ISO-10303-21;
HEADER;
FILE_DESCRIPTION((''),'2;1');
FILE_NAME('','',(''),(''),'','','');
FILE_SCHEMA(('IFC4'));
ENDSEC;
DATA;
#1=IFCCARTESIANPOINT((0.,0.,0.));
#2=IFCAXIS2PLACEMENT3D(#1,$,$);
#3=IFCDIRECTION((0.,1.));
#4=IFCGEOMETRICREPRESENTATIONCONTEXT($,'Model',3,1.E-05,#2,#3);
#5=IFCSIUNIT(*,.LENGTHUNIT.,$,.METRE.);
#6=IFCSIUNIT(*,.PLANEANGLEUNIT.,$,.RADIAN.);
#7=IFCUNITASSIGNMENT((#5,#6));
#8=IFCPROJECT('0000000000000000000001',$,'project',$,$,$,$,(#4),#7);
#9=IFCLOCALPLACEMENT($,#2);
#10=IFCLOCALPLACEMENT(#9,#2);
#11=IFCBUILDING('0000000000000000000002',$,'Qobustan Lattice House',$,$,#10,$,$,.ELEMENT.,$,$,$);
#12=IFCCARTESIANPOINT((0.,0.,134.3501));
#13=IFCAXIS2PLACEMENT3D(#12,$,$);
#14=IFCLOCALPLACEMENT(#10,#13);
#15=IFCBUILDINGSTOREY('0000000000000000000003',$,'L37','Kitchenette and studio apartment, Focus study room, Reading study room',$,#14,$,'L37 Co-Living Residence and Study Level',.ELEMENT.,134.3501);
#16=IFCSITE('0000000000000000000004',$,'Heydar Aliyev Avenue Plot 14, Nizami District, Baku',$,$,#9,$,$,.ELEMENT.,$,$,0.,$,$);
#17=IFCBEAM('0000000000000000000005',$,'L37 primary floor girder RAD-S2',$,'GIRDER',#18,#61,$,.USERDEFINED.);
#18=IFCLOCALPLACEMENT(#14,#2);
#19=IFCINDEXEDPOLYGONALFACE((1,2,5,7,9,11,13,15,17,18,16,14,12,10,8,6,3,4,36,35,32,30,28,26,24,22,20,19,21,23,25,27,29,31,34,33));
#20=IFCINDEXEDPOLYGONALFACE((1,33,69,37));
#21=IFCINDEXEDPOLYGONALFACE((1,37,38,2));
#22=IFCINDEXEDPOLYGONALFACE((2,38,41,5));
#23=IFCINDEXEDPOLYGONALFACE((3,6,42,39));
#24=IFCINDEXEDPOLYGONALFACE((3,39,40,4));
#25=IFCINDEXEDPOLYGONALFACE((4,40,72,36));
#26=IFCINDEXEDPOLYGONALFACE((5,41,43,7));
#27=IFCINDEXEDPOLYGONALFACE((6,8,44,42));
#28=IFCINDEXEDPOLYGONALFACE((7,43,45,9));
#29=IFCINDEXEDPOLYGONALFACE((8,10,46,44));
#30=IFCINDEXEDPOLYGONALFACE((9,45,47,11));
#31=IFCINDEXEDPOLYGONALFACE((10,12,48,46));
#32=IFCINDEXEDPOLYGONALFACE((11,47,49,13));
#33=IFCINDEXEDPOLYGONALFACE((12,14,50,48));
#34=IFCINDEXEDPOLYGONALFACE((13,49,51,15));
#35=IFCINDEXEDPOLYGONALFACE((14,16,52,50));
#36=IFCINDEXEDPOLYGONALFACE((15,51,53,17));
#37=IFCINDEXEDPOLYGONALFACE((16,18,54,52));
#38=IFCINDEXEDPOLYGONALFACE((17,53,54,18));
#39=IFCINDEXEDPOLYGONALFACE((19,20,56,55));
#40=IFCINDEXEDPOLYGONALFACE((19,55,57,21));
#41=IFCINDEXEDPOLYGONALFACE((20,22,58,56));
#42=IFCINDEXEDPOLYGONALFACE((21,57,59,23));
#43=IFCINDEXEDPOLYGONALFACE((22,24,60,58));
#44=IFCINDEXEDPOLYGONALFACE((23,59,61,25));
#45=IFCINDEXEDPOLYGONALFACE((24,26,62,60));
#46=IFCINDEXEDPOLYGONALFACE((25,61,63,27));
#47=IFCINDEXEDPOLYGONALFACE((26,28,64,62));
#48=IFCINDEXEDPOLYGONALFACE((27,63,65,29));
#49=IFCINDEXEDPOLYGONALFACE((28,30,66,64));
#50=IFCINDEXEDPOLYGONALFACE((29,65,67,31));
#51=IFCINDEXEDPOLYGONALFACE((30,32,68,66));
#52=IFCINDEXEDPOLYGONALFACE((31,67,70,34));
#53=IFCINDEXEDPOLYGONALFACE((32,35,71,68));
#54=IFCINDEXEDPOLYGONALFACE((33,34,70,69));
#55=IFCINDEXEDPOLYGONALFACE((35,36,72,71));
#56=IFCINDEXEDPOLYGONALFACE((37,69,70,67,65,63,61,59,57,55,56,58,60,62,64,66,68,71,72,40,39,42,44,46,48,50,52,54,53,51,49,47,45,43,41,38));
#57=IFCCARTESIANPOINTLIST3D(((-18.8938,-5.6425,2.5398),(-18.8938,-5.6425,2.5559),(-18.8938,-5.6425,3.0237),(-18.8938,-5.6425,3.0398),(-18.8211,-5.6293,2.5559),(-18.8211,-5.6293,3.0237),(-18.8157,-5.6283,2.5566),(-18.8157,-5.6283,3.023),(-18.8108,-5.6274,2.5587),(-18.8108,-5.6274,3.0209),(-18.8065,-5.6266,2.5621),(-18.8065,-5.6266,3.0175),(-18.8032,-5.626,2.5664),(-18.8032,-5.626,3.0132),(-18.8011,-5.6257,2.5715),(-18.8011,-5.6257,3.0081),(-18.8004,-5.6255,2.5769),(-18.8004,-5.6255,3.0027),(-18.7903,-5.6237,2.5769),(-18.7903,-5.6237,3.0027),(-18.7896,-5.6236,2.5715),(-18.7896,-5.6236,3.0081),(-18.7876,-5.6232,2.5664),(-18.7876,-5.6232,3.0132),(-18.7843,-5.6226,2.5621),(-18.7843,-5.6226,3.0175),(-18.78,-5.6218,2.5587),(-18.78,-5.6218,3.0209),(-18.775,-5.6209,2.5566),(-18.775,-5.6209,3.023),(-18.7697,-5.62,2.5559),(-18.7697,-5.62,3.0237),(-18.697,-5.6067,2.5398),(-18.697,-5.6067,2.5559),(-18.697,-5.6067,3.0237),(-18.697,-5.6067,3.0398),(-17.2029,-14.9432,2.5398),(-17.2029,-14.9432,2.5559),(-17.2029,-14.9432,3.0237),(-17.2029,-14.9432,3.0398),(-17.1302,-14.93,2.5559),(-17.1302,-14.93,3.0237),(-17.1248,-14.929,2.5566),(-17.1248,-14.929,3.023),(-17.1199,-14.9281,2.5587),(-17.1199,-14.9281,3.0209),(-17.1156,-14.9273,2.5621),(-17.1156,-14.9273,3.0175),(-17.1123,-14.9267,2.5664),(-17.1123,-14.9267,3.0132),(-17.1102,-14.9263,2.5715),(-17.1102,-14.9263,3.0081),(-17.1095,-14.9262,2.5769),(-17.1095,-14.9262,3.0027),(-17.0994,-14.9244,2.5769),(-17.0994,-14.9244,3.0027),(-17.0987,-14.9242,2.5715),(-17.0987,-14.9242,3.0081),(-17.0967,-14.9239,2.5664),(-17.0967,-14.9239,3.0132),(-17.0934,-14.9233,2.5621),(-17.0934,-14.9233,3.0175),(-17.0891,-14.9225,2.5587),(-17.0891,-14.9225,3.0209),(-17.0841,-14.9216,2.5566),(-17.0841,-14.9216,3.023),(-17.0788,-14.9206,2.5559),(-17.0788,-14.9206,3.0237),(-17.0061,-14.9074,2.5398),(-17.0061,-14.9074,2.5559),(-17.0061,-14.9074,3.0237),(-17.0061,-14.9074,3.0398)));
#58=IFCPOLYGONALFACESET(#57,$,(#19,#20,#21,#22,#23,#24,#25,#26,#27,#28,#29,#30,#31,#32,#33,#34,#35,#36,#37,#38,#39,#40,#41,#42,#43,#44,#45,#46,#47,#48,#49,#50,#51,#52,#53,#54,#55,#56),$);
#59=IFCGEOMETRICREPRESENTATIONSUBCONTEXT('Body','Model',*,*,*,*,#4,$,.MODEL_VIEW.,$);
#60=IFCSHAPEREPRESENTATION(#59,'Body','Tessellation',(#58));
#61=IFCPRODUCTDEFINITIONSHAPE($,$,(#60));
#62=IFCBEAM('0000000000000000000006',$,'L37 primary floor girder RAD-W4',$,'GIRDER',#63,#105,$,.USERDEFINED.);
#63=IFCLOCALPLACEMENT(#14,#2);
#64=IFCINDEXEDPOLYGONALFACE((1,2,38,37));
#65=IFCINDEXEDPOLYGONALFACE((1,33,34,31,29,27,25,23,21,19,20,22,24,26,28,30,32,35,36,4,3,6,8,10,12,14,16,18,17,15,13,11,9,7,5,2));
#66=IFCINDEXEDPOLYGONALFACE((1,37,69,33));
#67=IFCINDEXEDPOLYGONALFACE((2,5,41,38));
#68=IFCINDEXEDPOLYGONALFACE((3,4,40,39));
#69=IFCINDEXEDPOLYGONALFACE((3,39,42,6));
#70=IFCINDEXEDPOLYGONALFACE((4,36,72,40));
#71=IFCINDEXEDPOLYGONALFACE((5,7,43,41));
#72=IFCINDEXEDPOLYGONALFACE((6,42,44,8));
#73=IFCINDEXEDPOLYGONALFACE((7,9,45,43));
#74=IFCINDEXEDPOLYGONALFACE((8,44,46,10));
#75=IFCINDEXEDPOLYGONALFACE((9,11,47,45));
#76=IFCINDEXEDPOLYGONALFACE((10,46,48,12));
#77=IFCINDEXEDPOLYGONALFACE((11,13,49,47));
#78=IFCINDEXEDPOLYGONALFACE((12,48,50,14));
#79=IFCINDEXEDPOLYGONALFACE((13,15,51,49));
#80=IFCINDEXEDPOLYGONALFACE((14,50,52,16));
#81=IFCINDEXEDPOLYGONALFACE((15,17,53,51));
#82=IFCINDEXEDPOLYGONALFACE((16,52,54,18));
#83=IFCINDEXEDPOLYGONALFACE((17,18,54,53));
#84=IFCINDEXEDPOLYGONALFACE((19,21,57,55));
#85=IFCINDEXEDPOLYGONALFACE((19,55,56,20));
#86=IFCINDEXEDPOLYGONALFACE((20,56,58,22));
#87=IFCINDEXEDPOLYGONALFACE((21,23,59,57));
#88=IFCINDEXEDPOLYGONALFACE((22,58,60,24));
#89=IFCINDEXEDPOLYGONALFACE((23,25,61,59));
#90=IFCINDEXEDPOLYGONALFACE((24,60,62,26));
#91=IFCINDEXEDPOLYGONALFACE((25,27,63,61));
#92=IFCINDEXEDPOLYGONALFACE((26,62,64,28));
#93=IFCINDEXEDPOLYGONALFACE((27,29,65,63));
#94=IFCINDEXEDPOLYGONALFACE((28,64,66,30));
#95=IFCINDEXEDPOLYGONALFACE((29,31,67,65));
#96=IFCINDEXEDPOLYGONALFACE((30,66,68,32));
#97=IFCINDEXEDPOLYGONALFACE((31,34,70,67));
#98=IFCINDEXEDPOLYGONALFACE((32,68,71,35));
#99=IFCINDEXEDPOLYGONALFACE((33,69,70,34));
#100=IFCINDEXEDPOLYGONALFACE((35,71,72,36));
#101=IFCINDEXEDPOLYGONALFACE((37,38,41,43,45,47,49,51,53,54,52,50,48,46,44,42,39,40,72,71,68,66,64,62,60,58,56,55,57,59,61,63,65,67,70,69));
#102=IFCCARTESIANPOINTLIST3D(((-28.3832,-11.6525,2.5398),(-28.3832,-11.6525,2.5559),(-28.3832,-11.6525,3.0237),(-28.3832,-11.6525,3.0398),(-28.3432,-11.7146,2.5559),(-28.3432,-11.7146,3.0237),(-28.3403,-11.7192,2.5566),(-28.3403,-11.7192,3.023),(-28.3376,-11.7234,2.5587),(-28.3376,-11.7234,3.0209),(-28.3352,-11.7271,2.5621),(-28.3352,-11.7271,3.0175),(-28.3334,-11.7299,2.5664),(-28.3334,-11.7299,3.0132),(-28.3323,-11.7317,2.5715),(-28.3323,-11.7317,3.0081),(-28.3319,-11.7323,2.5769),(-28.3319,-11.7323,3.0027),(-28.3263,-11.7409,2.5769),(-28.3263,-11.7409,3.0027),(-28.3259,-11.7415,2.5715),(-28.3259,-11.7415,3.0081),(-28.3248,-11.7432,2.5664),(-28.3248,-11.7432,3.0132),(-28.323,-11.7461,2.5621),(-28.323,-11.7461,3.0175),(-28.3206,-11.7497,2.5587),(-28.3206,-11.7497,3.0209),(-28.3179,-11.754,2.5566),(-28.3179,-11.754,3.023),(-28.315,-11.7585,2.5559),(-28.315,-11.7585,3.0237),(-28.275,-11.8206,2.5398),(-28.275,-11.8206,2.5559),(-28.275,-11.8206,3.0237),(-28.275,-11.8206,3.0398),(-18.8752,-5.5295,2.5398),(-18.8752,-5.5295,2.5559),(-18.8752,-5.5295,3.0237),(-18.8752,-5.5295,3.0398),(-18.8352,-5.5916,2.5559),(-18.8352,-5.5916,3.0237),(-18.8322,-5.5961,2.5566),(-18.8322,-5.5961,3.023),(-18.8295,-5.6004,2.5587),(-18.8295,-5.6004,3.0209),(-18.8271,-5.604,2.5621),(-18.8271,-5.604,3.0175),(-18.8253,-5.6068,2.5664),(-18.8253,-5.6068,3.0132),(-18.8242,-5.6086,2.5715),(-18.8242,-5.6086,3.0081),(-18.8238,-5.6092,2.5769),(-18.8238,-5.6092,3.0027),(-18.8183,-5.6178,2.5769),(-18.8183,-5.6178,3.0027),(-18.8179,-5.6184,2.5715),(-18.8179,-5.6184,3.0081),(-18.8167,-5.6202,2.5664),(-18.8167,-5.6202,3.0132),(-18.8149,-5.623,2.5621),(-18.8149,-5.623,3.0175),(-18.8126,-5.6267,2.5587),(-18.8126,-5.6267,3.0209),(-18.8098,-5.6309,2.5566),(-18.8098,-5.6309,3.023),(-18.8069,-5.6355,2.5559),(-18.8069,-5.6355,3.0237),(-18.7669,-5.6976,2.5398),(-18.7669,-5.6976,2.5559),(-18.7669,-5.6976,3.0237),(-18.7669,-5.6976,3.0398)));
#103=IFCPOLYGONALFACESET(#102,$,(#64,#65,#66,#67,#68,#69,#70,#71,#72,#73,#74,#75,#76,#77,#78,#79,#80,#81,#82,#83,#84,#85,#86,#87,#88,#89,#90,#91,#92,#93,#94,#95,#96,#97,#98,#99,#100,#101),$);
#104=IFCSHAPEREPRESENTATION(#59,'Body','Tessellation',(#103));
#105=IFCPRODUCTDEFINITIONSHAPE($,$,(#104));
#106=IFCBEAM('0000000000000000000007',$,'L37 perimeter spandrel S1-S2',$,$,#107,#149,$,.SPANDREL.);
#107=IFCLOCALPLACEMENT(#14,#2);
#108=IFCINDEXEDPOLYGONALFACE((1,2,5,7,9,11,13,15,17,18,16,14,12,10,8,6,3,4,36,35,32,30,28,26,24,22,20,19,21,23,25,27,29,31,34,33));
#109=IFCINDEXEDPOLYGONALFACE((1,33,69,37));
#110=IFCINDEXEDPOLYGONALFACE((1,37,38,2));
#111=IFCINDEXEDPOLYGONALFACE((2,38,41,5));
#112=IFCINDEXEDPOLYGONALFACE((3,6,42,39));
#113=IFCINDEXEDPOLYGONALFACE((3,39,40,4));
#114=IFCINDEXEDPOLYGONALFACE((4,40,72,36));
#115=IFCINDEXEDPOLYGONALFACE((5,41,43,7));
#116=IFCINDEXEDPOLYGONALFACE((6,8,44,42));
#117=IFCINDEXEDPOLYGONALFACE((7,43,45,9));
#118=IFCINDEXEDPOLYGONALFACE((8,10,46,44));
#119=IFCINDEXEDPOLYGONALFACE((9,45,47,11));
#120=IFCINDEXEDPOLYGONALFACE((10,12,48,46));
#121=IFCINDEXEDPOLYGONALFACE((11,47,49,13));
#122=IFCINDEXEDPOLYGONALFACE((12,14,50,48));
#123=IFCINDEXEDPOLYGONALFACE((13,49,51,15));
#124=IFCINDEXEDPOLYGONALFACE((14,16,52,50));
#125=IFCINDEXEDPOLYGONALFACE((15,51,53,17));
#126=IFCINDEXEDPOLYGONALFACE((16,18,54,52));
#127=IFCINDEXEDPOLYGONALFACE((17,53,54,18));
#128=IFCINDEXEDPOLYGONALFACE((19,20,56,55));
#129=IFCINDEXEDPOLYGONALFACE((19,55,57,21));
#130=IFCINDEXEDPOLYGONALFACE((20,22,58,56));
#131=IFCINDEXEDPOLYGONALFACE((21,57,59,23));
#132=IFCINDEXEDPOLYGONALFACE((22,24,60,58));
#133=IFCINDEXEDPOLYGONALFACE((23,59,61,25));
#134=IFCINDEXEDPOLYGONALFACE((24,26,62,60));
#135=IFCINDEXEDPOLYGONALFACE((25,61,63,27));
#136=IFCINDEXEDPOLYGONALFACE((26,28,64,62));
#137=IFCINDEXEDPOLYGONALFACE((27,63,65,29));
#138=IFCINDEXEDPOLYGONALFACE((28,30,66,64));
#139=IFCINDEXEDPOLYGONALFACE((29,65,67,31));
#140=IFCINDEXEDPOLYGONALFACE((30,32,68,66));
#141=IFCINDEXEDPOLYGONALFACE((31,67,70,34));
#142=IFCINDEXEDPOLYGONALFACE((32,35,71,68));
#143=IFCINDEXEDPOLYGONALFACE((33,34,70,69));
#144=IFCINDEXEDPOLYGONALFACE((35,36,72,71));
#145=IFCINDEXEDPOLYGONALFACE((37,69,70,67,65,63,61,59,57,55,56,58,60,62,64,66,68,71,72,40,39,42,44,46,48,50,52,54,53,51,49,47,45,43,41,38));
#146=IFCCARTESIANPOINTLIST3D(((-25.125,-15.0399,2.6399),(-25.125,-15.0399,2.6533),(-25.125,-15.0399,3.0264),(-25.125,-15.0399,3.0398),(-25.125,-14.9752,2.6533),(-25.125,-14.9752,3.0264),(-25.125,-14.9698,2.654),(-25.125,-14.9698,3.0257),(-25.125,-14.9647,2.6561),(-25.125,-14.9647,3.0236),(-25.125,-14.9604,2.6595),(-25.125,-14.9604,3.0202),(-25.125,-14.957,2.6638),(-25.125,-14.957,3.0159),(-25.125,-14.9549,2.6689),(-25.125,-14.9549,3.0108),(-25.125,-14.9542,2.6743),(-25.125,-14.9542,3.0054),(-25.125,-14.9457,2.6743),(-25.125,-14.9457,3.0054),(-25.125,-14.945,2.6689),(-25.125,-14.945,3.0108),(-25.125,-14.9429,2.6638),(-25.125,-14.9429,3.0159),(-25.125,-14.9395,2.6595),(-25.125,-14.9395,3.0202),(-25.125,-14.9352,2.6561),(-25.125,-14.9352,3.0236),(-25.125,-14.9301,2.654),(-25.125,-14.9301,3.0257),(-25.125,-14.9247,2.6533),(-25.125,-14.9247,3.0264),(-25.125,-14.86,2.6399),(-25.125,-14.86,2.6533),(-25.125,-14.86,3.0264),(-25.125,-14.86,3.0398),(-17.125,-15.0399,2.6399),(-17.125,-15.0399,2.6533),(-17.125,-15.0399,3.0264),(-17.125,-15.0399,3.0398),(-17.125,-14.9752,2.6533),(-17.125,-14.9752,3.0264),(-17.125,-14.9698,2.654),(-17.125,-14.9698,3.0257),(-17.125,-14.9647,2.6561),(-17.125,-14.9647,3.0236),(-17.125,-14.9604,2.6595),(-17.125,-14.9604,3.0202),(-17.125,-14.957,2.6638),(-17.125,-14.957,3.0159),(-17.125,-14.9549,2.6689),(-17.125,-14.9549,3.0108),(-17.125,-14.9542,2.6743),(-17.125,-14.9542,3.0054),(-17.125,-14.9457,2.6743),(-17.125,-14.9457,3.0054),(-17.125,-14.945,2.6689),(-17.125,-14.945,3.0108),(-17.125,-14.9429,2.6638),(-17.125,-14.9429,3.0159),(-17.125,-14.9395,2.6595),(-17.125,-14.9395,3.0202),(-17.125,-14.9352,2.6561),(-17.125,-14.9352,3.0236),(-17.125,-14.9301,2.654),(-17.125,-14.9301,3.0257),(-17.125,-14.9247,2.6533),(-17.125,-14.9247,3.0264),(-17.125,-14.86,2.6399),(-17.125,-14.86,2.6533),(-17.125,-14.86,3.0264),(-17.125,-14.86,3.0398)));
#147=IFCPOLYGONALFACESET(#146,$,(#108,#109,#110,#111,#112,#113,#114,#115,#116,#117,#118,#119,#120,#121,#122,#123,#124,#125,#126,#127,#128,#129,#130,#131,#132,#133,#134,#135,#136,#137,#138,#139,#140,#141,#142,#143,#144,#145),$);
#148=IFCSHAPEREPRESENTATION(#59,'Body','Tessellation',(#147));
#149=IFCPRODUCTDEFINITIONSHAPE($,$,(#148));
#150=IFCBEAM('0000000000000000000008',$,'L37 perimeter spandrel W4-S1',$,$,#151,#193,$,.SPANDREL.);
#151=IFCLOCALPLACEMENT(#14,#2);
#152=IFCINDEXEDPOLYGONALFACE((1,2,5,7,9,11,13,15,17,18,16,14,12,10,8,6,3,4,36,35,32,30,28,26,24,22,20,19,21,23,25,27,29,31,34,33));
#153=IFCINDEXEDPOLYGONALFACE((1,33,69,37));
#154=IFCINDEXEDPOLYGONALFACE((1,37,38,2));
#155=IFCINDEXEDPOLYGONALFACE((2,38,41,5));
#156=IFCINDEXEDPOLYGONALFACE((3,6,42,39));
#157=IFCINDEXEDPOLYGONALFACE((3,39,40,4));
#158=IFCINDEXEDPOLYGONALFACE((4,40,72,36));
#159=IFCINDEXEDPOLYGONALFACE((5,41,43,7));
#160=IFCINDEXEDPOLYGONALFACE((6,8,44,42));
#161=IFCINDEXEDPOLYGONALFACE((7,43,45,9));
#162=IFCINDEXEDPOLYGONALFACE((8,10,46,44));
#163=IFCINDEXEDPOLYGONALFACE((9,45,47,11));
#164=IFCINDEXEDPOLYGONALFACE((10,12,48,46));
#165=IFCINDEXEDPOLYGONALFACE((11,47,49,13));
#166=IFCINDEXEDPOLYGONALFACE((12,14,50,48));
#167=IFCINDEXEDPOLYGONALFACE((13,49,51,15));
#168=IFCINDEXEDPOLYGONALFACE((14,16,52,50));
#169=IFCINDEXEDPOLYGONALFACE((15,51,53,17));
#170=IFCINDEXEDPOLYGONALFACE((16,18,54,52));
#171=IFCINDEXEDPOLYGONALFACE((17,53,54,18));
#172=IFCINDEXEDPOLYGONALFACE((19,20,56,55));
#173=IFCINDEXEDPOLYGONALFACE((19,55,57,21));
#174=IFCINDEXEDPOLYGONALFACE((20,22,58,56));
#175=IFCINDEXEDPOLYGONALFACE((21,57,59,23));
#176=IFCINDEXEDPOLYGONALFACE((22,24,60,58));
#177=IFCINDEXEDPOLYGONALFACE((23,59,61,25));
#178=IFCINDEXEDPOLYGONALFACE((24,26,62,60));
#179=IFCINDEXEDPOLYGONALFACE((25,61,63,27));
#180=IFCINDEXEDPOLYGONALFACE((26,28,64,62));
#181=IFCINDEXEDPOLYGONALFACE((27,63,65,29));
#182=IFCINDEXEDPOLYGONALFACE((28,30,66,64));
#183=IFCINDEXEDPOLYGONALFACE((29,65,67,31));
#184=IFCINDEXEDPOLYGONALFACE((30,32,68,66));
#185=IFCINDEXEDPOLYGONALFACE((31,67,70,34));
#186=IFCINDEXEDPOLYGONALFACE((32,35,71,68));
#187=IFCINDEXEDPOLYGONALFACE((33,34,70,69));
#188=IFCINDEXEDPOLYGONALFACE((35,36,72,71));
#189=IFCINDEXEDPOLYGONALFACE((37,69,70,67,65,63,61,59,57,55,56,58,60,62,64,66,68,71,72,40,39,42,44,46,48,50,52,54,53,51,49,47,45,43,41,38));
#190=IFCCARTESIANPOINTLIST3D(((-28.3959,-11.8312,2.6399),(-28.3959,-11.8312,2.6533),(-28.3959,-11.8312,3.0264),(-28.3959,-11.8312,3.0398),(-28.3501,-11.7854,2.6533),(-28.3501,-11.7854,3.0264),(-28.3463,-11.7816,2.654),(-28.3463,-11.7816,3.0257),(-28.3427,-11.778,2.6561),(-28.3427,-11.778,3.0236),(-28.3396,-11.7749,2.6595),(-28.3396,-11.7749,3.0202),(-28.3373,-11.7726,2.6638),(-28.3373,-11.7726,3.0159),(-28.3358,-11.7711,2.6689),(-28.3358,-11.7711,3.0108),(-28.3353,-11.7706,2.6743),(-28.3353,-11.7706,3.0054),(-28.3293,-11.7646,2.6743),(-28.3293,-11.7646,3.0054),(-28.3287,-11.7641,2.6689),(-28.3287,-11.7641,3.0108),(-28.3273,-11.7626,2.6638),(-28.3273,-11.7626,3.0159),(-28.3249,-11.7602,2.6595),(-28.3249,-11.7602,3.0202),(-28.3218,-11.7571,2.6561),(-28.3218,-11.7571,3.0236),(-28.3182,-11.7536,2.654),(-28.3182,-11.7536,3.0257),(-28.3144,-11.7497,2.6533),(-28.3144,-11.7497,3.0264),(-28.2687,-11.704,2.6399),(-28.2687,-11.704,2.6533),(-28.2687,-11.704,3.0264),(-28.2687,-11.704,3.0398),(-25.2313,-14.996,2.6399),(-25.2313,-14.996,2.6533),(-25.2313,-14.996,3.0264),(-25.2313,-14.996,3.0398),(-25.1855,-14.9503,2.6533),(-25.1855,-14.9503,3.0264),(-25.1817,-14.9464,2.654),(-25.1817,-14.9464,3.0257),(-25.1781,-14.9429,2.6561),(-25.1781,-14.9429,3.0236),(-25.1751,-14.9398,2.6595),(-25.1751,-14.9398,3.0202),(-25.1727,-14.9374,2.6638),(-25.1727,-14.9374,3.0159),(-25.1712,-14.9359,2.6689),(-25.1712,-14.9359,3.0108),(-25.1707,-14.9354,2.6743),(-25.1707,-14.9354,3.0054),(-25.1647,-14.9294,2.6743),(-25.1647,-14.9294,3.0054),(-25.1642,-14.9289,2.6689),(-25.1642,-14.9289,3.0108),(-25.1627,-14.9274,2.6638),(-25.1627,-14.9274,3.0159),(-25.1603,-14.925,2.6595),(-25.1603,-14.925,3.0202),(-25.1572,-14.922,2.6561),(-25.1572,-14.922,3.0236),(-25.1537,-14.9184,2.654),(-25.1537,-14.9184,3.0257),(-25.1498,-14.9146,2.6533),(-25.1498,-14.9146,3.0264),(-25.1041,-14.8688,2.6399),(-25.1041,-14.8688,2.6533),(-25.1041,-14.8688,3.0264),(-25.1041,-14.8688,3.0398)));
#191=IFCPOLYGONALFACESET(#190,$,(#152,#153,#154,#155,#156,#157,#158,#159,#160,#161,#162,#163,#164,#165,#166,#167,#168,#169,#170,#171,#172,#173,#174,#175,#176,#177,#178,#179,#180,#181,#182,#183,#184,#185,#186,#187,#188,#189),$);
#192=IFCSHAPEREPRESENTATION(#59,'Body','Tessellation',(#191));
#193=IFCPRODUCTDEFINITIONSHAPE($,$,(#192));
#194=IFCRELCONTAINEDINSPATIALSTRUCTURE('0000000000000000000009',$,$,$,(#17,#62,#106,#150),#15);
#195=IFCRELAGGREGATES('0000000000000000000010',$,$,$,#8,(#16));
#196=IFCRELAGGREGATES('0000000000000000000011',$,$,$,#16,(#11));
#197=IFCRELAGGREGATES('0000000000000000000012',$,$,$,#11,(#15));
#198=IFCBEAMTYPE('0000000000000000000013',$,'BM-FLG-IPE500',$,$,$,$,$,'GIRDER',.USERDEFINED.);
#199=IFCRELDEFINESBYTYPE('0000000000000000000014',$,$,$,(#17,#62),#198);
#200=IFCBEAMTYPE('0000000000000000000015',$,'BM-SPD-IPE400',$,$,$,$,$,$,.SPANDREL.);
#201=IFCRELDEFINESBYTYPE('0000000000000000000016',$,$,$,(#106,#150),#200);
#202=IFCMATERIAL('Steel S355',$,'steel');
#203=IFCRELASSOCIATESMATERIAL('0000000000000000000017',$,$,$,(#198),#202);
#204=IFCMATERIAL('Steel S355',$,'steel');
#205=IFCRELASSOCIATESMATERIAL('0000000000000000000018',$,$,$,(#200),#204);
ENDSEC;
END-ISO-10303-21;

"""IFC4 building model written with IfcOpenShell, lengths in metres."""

from ifc_helpers import new_model, si_unit, direction, frame, origin, origin_2d, place, context, subcontext, project, spatial, i_section, extrude, material, material_profile, profile_set, type_object, element, save


model = new_model("IFC4")

# Units and contexts
model_context = context("Model", 3, precision=1e-05, world=origin(), true_north=direction((0.0, 1.0)))
body_context = subcontext(model_context, "Body", "Model", "MODEL_VIEW")
ifc_project = project(units=[si_unit("LENGTHUNIT", "METRE"), si_unit("PLANEANGLEUNIT", "RADIAN")], contexts=[model_context])

# Site, building, storey
site_placement = place(None, origin())
site = spatial("IfcSite", under=ifc_project, at=site_placement, Name="Heydar Aliyev Avenue Plot 14, Nizami District, Baku", CompositionType="ELEMENT", RefElevation=0.0)
building_placement = place(site_placement, origin())
building = spatial("IfcBuilding", under=site, at=building_placement, Name="Qobustan Lattice House", CompositionType="ELEMENT")
storey_placement = place(building_placement, frame((0.0, 0.0, 134.3501)))
storey = spatial("IfcBuildingStorey", under=building, at=storey_placement, Name="L37", Description="Kitchenette and studio apartment, Focus study room, Reading study room", LongName="L37 Co-Living Residence and Study Level", CompositionType="ELEMENT", Elevation=134.3501)

# Beams
ifc_material_1 = material(Name="Steel S355", Category="steel")
ifc_material_profile_1 = material_profile(ifc_material_1, i_section(OverallWidth=0.2, OverallDepth=0.5, WebThickness=0.0103, FlangeThickness=0.0161, FilletRadius=0.021, at=origin_2d()), Name="IPE500")
ifc_profile_set_1 = profile_set([ifc_material_profile_1], Name="Steel S355")
beam_type_1 = type_object("IfcBeamType", Name="BM-FLG-IPE500", ElementType="GIRDER", PredefinedType="USERDEFINED", material=ifc_profile_set_1)
beam_1_placement = place(storey_placement, frame((-17.1045, -14.9253, 2.7898), z_axis=(-0.178872, 0.983872, 0.0), x_axis=(-0.983872, -0.178872, 0.0)))
element("IfcBeam", 1, at=beam_1_placement, inside=storey, type_object=beam_type_1, Name="L37 primary floor girder RAD-S2", ObjectType="GIRDER", PredefinedType="USERDEFINED", context=body_context, shape_type="SweptSolid", body=[
    extrude(i_section(OverallWidth=0.2, OverallDepth=0.5, WebThickness=0.0103, FlangeThickness=0.0161, FilletRadius=0.021, at=origin_2d()), origin(), (0.0, 0.0, 1.0), 9.4531),
])
beam_2_placement = place(storey_placement, frame((-28.3291, -11.7366, 2.7898), z_axis=(0.840747, 0.541428, 0.0), x_axis=(-0.541428, 0.840747, 0.0)))
element("IfcBeam", 2, at=beam_2_placement, inside=storey, type_object=beam_type_1, Name="L37 primary floor girder RAD-W4", ObjectType="GIRDER", PredefinedType="USERDEFINED", context=body_context, shape_type="SweptSolid", body=[
    extrude(i_section(OverallWidth=0.2, OverallDepth=0.5, WebThickness=0.0103, FlangeThickness=0.0161, FilletRadius=0.021, at=origin_2d()), origin(), (0.0, 0.0, 1.0), 11.3091),
])
ifc_material_2 = material(Name="Steel S355", Category="steel")
ifc_material_profile_2 = material_profile(ifc_material_2, i_section(OverallWidth=0.1799, OverallDepth=0.3999, WebThickness=0.0085, FlangeThickness=0.0134, FilletRadius=0.021, at=origin_2d()), Name="IPE400")
ifc_profile_set_2 = profile_set([ifc_material_profile_2], Name="Steel S355")
beam_type_2 = type_object("IfcBeamType", Name="BM-SPD-IPE400", PredefinedType="SPANDREL", material=ifc_profile_set_2)
beam_3_placement = place(storey_placement, frame((-25.125, -14.95, 2.8398), z_axis=(1.0, 0.0, 0.0), x_axis=(0.0, 1.0, 0.0)))
element("IfcBeam", 3, at=beam_3_placement, inside=storey, type_object=beam_type_2, Name="L37 perimeter spandrel S1-S2", PredefinedType="SPANDREL", context=body_context, shape_type="SweptSolid", body=[
    extrude(i_section(OverallWidth=0.1799, OverallDepth=0.3999, WebThickness=0.0085, FlangeThickness=0.0134, FilletRadius=0.021, at=origin_2d()), origin(), (0.0, 0.0, 1.0), 8.0),
])
beam_4_placement = place(storey_placement, frame((-28.3323, -11.7676, 2.8398), z_axis=(0.70708, -0.707134, 0.0), x_axis=(0.707134, 0.70708, 0.0)))
element("IfcBeam", 4, at=beam_4_placement, inside=storey, type_object=beam_type_2, Name="L37 perimeter spandrel W4-S1", PredefinedType="SPANDREL", context=body_context, shape_type="SweptSolid", body=[
    extrude(i_section(OverallWidth=0.1799, OverallDepth=0.3999, WebThickness=0.0085, FlangeThickness=0.0134, FilletRadius=0.021, at=origin_2d()), origin(), (0.0, 0.0, 1.0), 4.4756),
])

save(model, "model.ifc")
